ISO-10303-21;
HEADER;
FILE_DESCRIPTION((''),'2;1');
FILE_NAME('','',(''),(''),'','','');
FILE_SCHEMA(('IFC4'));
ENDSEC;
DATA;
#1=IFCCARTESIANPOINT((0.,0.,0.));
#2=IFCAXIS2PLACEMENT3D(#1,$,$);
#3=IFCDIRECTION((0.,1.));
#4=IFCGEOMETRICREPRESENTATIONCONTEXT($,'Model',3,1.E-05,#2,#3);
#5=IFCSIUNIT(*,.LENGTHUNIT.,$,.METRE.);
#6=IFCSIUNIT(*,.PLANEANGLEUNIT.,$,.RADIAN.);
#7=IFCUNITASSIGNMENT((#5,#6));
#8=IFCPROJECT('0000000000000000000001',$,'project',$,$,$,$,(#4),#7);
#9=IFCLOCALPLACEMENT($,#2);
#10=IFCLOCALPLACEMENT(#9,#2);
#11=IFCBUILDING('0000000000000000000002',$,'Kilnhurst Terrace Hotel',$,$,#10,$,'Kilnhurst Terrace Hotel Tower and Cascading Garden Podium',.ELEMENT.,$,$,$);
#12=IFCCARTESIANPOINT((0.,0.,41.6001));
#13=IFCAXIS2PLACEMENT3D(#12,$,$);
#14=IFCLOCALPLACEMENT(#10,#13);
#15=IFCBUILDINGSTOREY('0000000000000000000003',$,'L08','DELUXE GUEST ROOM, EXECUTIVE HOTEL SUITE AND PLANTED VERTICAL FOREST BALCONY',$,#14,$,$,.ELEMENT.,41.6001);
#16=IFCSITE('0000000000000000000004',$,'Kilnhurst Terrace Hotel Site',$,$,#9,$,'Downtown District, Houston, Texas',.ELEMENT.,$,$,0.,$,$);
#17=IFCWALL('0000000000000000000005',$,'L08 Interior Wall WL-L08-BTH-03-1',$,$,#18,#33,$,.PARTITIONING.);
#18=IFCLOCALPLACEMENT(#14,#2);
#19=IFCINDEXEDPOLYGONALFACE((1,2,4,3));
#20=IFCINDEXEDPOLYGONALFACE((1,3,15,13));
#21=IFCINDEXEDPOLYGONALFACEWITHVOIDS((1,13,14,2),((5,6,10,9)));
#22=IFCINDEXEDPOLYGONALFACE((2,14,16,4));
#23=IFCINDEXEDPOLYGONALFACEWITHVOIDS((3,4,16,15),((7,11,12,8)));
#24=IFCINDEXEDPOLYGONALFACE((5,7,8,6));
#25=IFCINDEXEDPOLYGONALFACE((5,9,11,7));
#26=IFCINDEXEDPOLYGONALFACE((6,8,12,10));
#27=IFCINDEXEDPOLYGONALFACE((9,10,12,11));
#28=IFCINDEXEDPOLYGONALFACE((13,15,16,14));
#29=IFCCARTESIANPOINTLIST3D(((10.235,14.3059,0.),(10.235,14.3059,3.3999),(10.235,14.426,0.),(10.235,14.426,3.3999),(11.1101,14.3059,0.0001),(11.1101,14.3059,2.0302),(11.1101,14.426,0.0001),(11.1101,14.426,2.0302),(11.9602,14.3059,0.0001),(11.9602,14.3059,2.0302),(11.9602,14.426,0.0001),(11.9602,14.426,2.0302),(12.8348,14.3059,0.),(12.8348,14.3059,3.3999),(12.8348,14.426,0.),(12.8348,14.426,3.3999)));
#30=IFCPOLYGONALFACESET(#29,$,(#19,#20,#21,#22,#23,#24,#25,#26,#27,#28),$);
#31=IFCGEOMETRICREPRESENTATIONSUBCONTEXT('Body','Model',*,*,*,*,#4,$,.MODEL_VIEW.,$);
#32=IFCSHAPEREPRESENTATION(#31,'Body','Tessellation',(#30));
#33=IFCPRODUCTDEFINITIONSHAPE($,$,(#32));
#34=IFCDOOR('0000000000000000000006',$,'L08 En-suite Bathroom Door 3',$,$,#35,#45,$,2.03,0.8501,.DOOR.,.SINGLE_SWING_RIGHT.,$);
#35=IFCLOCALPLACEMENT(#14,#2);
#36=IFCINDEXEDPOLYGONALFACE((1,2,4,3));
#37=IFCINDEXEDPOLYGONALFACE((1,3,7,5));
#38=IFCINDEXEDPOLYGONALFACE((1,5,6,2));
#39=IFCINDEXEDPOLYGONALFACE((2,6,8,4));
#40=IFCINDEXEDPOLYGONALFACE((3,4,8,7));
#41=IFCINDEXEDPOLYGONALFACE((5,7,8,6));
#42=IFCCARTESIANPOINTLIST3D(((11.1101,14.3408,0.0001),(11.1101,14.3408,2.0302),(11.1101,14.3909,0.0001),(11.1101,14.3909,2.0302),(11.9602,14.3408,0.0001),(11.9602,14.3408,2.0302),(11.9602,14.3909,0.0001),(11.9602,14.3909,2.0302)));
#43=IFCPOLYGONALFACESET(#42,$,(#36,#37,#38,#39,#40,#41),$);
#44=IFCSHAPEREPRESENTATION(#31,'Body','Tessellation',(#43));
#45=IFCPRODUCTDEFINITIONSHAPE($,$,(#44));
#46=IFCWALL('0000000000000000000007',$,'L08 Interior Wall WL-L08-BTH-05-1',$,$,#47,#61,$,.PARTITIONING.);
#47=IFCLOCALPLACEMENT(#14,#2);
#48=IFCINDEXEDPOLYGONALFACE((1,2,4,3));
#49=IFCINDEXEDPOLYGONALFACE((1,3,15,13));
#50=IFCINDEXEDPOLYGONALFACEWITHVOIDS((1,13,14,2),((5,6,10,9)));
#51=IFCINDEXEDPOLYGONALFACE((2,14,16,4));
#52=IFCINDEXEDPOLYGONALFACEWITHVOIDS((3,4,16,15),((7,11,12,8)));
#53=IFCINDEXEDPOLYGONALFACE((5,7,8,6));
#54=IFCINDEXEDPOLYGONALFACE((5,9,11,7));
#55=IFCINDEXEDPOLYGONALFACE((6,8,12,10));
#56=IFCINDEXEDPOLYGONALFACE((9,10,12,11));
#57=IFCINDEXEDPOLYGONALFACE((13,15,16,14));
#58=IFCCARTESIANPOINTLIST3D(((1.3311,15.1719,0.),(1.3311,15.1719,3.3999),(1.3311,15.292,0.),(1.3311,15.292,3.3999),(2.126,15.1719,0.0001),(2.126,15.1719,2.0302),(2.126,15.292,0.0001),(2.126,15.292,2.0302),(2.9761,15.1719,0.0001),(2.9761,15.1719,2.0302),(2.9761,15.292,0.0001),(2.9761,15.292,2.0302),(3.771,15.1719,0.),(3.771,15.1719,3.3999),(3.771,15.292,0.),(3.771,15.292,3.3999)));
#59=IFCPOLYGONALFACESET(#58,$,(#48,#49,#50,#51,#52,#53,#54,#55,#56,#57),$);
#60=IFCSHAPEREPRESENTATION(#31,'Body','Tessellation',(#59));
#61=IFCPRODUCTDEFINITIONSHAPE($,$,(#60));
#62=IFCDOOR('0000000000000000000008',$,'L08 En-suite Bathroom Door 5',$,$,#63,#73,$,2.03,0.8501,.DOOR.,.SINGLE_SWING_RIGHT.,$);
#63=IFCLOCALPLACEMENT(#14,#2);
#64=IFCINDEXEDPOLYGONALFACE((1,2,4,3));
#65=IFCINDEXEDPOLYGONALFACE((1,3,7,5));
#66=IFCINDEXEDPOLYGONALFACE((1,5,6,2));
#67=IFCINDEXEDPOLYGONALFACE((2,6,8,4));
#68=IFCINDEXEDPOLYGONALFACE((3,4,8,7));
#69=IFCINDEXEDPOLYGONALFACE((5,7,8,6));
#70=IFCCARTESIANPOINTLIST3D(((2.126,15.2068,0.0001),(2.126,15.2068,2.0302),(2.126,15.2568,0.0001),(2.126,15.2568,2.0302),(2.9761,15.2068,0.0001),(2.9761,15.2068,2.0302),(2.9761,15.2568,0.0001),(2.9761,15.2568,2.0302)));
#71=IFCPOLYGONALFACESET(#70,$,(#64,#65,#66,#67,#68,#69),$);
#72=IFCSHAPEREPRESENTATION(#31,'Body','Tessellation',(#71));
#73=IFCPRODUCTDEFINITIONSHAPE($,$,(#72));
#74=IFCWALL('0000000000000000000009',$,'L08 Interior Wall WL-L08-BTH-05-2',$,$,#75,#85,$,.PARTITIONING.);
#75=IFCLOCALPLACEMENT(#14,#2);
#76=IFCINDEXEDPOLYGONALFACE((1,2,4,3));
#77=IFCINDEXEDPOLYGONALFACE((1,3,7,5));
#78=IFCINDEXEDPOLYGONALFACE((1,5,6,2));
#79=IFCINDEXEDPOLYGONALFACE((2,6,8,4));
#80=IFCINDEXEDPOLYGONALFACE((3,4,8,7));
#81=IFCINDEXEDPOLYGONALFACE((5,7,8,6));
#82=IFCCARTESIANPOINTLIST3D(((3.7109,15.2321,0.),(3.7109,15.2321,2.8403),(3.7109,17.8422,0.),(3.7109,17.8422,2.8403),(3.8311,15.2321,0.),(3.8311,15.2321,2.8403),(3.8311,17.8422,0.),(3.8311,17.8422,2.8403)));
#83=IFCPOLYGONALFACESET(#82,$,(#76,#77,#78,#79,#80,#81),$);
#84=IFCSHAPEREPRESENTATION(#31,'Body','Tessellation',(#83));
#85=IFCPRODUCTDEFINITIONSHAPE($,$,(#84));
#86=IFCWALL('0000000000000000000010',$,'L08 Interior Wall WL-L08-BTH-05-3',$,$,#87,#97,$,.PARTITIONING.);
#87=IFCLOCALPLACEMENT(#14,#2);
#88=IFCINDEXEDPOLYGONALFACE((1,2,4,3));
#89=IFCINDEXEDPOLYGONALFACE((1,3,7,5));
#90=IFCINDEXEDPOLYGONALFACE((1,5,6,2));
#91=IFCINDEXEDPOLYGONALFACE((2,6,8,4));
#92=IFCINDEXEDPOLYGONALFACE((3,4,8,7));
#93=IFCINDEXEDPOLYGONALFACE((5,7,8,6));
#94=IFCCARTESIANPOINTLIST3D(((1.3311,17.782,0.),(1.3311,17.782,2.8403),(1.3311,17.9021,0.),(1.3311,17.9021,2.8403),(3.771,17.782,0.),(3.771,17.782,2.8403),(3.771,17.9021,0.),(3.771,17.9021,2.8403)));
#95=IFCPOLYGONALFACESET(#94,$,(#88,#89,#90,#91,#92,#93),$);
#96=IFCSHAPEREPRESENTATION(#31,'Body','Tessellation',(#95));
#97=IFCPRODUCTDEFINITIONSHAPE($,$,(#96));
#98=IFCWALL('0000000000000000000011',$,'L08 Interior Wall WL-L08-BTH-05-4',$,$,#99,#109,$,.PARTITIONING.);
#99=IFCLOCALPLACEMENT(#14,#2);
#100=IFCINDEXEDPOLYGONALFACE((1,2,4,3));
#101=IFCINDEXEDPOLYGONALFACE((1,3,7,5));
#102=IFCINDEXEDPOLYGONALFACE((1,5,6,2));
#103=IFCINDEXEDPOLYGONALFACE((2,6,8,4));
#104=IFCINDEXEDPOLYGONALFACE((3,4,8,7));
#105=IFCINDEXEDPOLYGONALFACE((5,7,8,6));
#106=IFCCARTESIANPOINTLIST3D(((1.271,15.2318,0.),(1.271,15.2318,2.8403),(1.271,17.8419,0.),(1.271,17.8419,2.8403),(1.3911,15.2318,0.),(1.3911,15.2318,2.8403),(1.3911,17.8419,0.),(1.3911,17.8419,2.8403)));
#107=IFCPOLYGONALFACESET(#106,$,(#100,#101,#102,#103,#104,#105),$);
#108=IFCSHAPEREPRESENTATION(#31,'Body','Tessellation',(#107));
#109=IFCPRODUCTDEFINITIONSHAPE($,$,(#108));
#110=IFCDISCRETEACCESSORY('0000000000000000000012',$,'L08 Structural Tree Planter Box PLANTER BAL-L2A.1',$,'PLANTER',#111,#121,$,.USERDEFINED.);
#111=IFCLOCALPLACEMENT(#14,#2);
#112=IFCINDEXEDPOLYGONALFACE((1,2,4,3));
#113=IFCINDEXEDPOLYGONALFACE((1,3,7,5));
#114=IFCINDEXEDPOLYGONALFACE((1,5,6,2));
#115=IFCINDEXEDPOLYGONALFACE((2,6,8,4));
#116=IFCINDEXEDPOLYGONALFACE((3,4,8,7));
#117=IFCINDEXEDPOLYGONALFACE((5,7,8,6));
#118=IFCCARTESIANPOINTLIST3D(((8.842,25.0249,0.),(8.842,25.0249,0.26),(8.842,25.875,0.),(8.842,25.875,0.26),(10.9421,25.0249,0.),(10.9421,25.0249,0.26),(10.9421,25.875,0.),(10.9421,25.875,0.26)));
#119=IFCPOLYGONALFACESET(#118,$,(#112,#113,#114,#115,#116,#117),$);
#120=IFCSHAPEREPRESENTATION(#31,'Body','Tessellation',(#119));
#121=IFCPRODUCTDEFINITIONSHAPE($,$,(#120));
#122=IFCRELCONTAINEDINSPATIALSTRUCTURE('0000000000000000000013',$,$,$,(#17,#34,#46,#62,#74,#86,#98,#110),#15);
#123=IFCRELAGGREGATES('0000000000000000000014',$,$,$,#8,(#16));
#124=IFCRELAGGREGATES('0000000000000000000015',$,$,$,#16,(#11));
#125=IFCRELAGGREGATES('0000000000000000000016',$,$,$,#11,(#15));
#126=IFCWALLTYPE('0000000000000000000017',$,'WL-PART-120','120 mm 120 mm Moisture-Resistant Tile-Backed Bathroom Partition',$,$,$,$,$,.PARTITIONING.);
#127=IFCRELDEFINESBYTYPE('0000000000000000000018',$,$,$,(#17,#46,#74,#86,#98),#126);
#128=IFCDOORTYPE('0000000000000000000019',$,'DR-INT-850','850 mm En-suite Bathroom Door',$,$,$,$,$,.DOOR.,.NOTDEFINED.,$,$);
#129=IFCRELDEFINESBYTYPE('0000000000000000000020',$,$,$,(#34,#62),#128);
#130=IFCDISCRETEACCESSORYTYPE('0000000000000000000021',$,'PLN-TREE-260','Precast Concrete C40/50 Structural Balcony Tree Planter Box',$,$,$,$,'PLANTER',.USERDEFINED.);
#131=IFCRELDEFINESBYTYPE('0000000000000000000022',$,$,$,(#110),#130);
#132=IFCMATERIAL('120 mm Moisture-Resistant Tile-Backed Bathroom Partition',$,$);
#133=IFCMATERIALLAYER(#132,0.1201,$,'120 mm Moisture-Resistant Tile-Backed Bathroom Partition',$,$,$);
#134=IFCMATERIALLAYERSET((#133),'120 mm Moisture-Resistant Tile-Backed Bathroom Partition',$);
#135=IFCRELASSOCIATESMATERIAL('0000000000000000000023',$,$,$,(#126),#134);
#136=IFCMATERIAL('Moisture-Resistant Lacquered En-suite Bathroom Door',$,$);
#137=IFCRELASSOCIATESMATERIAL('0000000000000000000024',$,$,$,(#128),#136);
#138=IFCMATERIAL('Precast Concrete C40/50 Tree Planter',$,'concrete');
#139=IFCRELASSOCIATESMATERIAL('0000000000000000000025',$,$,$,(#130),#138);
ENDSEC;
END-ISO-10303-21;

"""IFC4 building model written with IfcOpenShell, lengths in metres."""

from ifc_helpers import new_model, si_unit, direction, frame, frame_2d, origin, origin_2d, place, context, subcontext, project, spatial, rectangle, extrude, material, layer, layer_set, type_object, element, fill, save


model = new_model("IFC4")

# Units and contexts
model_context = context("Model", 3, precision=1e-05, world=origin(), true_north=direction((0.0, 1.0)))
body_context = subcontext(model_context, "Body", "Model", "MODEL_VIEW")
ifc_project = project(units=[si_unit("LENGTHUNIT", "METRE"), si_unit("PLANEANGLEUNIT", "RADIAN")], contexts=[model_context])

# Site, building, storey
site_placement = place(None, origin())
site = spatial("IfcSite", under=ifc_project, at=site_placement, Name="Kilnhurst Terrace Hotel Site", LongName="Downtown District, Houston, Texas", CompositionType="ELEMENT", RefElevation=0.0)
building_placement = place(site_placement, origin())
building = spatial("IfcBuilding", under=site, at=building_placement, Name="Kilnhurst Terrace Hotel", LongName="Kilnhurst Terrace Hotel Tower and Cascading Garden Podium", CompositionType="ELEMENT")
storey_placement = place(building_placement, frame((0.0, 0.0, 41.6001)))
storey = spatial("IfcBuildingStorey", under=building, at=storey_placement, Name="L08", Description="DELUXE GUEST ROOM, EXECUTIVE HOTEL SUITE AND PLANTED VERTICAL FOREST BALCONY", CompositionType="ELEMENT", Elevation=41.6001)

# Walls, openings, doors
ifc_material_1 = material(Name="120 mm Moisture-Resistant Tile-Backed Bathroom Partition")
ifc_layer_1 = layer(ifc_material_1, 0.1201, Name="120 mm Moisture-Resistant Tile-Backed Bathroom Partition")
ifc_layer_set_1 = layer_set([ifc_layer_1], Name="120 mm Moisture-Resistant Tile-Backed Bathroom Partition")
wall_type_1 = type_object("IfcWallType", Name="WL-PART-120", Description="120 mm 120 mm Moisture-Resistant Tile-Backed Bathroom Partition", PredefinedType="PARTITIONING", material=ifc_layer_set_1)
wall_1_placement = place(storey_placement, frame((10.2351, 14.366, 0.0), z_axis=(0.0, 0.0, 1.0), x_axis=(1.0, 0.0, 0.0)))
wall_1 = element("IfcWall", 1, at=wall_1_placement, inside=storey, type_object=wall_type_1, Name="L08 Interior Wall WL-L08-BTH-03-1", PredefinedType="PARTITIONING", context=body_context, shape_type="SweptSolid", body=[
    extrude(rectangle(XDim=2.5999, YDim=0.1201, at=frame_2d((1.2998, 0.0))), origin(), (0.0, 0.0, 1.0), 3.3999),
])
opening_1_placement = place(wall_1_placement, frame((0.875, 0.0, 0.0)))
opening_1 = element("IfcOpeningElement", 2, at=opening_1_placement, cuts=wall_1, PredefinedType="OPENING", context=body_context, shape_type="SweptSolid", body=[
    extrude(rectangle(XDim=0.8501, YDim=2.03, at=frame_2d((0.425, 1.0151))), frame((0.0, 0.0701, 0.0), z_axis=(0.0, -1.0, 0.0), x_axis=(1.0, 0.0, 0.0)), (0.0, 0.0, 1.0), 0.1401),
])
ifc_material_2 = material(Name="Moisture-Resistant Lacquered En-suite Bathroom Door")
door_type = type_object("IfcDoorType", Name="DR-INT-850", Description="850 mm En-suite Bathroom Door", OperationType="NOTDEFINED", PredefinedType="DOOR", material=ifc_material_2)
door_1_placement = place(opening_1_placement, origin())
door_1 = element("IfcDoor", 3, at=door_1_placement, inside=storey, type_object=door_type, Name="L08 En-suite Bathroom Door 3", OperationType="SINGLE_SWING_RIGHT", OverallHeight=2.03, OverallWidth=0.8501, PredefinedType="DOOR", context=body_context, shape_type="SweptSolid", body=[
    extrude(rectangle(XDim=0.8501, YDim=2.03, at=frame_2d((0.425, 1.0151))), frame((0.0, 0.0249, 0.0), z_axis=(0.0, -1.0, 0.0), x_axis=(1.0, 0.0, 0.0)), (0.0, 0.0, 1.0), 0.05),
])
fill(opening_1, door_1)
wall_2_placement = place(storey_placement, frame((1.3311, 15.2319, 0.0), z_axis=(0.0, 0.0, 1.0), x_axis=(1.0, 0.0, 0.0)))
wall_2 = element("IfcWall", 4, at=wall_2_placement, inside=storey, type_object=wall_type_1, Name="L08 Interior Wall WL-L08-BTH-05-1", PredefinedType="PARTITIONING", context=body_context, shape_type="SweptSolid", body=[
    extrude(rectangle(XDim=2.4399, YDim=0.1201, at=frame_2d((1.22, 0.0))), origin(), (0.0, 0.0, 1.0), 3.3999),
])
opening_2_placement = place(wall_2_placement, frame((0.7949, 0.0, 0.0)))
opening_2 = element("IfcOpeningElement", 5, at=opening_2_placement, cuts=wall_2, PredefinedType="OPENING", context=body_context, shape_type="SweptSolid", body=[
    extrude(rectangle(XDim=0.8501, YDim=2.03, at=frame_2d((0.425, 1.0151))), frame((0.0, 0.0701, 0.0), z_axis=(0.0, -1.0, 0.0), x_axis=(1.0, 0.0, 0.0)), (0.0, 0.0, 1.0), 0.1401),
])
door_2_placement = place(opening_2_placement, origin())
door_2 = element("IfcDoor", 6, at=door_2_placement, inside=storey, type_object=door_type, Name="L08 En-suite Bathroom Door 5", OperationType="SINGLE_SWING_RIGHT", OverallHeight=2.03, OverallWidth=0.8501, PredefinedType="DOOR", context=body_context, shape_type="SweptSolid", body=[
    extrude(rectangle(XDim=0.8501, YDim=2.03, at=frame_2d((0.425, 1.0151))), frame((0.0, 0.0249, 0.0), z_axis=(0.0, -1.0, 0.0), x_axis=(1.0, 0.0, 0.0)), (0.0, 0.0, 1.0), 0.05),
])
fill(opening_2, door_2)

# Walls
wall_3_placement = place(storey_placement, frame((3.771, 15.2319, 0.0), z_axis=(0.0, 0.0, 1.0), x_axis=(0.0, 1.0, 0.0)))
element("IfcWall", 7, at=wall_3_placement, inside=storey, type_object=wall_type_1, Name="L08 Interior Wall WL-L08-BTH-05-2", PredefinedType="PARTITIONING", context=body_context, shape_type="SweptSolid", body=[
    extrude(rectangle(XDim=2.6101, YDim=0.1201, at=frame_2d((1.3052, 0.0))), origin(), (0.0, 0.0, 1.0), 2.8403),
])
wall_4_placement = place(storey_placement, frame((3.771, 17.842, 0.0), z_axis=(0.0, 0.0, 1.0), x_axis=(-1.0, 0.0, 0.0)))
element("IfcWall", 8, at=wall_4_placement, inside=storey, type_object=wall_type_1, Name="L08 Interior Wall WL-L08-BTH-05-3", PredefinedType="PARTITIONING", context=body_context, shape_type="SweptSolid", body=[
    extrude(rectangle(XDim=2.4399, YDim=0.1201, at=frame_2d((1.22, 0.0))), origin(), (0.0, 0.0, 1.0), 2.8403),
])
wall_5_placement = place(storey_placement, frame((1.3311, 17.842, 0.0), z_axis=(0.0, 0.0, 1.0), x_axis=(0.0, -1.0, 0.0)))
element("IfcWall", 9, at=wall_5_placement, inside=storey, type_object=wall_type_1, Name="L08 Interior Wall WL-L08-BTH-05-4", PredefinedType="PARTITIONING", context=body_context, shape_type="SweptSolid", body=[
    extrude(rectangle(XDim=2.6101, YDim=0.1201, at=frame_2d((1.3052, 0.0))), origin(), (0.0, 0.0, 1.0), 2.8403),
])

# Discrete accessory
ifc_material_3 = material(Name="Precast Concrete C40/50 Tree Planter", Category="concrete")
discrete_accessory_type = type_object("IfcDiscreteAccessoryType", Name="PLN-TREE-260", Description="Precast Concrete C40/50 Structural Balcony Tree Planter Box", ElementType="PLANTER", PredefinedType="USERDEFINED", material=ifc_material_3)
discrete_accessory_placement = place(storey_placement, frame((9.8921, 25.45, 0.0), z_axis=(0.0, 0.0, 1.0), x_axis=(-1.0, 0.0, 0.0)))
element("IfcDiscreteAccessory", 10, at=discrete_accessory_placement, inside=storey, type_object=discrete_accessory_type, Name="L08 Structural Tree Planter Box PLANTER BAL-L2A.1", ObjectType="PLANTER", PredefinedType="USERDEFINED", context=body_context, shape_type="SweptSolid", body=[
    extrude(rectangle(XDim=2.1001, YDim=0.8501, at=origin_2d()), origin(), (0.0, 0.0, 1.0), 0.26),
])

save(model, "model.ifc")
